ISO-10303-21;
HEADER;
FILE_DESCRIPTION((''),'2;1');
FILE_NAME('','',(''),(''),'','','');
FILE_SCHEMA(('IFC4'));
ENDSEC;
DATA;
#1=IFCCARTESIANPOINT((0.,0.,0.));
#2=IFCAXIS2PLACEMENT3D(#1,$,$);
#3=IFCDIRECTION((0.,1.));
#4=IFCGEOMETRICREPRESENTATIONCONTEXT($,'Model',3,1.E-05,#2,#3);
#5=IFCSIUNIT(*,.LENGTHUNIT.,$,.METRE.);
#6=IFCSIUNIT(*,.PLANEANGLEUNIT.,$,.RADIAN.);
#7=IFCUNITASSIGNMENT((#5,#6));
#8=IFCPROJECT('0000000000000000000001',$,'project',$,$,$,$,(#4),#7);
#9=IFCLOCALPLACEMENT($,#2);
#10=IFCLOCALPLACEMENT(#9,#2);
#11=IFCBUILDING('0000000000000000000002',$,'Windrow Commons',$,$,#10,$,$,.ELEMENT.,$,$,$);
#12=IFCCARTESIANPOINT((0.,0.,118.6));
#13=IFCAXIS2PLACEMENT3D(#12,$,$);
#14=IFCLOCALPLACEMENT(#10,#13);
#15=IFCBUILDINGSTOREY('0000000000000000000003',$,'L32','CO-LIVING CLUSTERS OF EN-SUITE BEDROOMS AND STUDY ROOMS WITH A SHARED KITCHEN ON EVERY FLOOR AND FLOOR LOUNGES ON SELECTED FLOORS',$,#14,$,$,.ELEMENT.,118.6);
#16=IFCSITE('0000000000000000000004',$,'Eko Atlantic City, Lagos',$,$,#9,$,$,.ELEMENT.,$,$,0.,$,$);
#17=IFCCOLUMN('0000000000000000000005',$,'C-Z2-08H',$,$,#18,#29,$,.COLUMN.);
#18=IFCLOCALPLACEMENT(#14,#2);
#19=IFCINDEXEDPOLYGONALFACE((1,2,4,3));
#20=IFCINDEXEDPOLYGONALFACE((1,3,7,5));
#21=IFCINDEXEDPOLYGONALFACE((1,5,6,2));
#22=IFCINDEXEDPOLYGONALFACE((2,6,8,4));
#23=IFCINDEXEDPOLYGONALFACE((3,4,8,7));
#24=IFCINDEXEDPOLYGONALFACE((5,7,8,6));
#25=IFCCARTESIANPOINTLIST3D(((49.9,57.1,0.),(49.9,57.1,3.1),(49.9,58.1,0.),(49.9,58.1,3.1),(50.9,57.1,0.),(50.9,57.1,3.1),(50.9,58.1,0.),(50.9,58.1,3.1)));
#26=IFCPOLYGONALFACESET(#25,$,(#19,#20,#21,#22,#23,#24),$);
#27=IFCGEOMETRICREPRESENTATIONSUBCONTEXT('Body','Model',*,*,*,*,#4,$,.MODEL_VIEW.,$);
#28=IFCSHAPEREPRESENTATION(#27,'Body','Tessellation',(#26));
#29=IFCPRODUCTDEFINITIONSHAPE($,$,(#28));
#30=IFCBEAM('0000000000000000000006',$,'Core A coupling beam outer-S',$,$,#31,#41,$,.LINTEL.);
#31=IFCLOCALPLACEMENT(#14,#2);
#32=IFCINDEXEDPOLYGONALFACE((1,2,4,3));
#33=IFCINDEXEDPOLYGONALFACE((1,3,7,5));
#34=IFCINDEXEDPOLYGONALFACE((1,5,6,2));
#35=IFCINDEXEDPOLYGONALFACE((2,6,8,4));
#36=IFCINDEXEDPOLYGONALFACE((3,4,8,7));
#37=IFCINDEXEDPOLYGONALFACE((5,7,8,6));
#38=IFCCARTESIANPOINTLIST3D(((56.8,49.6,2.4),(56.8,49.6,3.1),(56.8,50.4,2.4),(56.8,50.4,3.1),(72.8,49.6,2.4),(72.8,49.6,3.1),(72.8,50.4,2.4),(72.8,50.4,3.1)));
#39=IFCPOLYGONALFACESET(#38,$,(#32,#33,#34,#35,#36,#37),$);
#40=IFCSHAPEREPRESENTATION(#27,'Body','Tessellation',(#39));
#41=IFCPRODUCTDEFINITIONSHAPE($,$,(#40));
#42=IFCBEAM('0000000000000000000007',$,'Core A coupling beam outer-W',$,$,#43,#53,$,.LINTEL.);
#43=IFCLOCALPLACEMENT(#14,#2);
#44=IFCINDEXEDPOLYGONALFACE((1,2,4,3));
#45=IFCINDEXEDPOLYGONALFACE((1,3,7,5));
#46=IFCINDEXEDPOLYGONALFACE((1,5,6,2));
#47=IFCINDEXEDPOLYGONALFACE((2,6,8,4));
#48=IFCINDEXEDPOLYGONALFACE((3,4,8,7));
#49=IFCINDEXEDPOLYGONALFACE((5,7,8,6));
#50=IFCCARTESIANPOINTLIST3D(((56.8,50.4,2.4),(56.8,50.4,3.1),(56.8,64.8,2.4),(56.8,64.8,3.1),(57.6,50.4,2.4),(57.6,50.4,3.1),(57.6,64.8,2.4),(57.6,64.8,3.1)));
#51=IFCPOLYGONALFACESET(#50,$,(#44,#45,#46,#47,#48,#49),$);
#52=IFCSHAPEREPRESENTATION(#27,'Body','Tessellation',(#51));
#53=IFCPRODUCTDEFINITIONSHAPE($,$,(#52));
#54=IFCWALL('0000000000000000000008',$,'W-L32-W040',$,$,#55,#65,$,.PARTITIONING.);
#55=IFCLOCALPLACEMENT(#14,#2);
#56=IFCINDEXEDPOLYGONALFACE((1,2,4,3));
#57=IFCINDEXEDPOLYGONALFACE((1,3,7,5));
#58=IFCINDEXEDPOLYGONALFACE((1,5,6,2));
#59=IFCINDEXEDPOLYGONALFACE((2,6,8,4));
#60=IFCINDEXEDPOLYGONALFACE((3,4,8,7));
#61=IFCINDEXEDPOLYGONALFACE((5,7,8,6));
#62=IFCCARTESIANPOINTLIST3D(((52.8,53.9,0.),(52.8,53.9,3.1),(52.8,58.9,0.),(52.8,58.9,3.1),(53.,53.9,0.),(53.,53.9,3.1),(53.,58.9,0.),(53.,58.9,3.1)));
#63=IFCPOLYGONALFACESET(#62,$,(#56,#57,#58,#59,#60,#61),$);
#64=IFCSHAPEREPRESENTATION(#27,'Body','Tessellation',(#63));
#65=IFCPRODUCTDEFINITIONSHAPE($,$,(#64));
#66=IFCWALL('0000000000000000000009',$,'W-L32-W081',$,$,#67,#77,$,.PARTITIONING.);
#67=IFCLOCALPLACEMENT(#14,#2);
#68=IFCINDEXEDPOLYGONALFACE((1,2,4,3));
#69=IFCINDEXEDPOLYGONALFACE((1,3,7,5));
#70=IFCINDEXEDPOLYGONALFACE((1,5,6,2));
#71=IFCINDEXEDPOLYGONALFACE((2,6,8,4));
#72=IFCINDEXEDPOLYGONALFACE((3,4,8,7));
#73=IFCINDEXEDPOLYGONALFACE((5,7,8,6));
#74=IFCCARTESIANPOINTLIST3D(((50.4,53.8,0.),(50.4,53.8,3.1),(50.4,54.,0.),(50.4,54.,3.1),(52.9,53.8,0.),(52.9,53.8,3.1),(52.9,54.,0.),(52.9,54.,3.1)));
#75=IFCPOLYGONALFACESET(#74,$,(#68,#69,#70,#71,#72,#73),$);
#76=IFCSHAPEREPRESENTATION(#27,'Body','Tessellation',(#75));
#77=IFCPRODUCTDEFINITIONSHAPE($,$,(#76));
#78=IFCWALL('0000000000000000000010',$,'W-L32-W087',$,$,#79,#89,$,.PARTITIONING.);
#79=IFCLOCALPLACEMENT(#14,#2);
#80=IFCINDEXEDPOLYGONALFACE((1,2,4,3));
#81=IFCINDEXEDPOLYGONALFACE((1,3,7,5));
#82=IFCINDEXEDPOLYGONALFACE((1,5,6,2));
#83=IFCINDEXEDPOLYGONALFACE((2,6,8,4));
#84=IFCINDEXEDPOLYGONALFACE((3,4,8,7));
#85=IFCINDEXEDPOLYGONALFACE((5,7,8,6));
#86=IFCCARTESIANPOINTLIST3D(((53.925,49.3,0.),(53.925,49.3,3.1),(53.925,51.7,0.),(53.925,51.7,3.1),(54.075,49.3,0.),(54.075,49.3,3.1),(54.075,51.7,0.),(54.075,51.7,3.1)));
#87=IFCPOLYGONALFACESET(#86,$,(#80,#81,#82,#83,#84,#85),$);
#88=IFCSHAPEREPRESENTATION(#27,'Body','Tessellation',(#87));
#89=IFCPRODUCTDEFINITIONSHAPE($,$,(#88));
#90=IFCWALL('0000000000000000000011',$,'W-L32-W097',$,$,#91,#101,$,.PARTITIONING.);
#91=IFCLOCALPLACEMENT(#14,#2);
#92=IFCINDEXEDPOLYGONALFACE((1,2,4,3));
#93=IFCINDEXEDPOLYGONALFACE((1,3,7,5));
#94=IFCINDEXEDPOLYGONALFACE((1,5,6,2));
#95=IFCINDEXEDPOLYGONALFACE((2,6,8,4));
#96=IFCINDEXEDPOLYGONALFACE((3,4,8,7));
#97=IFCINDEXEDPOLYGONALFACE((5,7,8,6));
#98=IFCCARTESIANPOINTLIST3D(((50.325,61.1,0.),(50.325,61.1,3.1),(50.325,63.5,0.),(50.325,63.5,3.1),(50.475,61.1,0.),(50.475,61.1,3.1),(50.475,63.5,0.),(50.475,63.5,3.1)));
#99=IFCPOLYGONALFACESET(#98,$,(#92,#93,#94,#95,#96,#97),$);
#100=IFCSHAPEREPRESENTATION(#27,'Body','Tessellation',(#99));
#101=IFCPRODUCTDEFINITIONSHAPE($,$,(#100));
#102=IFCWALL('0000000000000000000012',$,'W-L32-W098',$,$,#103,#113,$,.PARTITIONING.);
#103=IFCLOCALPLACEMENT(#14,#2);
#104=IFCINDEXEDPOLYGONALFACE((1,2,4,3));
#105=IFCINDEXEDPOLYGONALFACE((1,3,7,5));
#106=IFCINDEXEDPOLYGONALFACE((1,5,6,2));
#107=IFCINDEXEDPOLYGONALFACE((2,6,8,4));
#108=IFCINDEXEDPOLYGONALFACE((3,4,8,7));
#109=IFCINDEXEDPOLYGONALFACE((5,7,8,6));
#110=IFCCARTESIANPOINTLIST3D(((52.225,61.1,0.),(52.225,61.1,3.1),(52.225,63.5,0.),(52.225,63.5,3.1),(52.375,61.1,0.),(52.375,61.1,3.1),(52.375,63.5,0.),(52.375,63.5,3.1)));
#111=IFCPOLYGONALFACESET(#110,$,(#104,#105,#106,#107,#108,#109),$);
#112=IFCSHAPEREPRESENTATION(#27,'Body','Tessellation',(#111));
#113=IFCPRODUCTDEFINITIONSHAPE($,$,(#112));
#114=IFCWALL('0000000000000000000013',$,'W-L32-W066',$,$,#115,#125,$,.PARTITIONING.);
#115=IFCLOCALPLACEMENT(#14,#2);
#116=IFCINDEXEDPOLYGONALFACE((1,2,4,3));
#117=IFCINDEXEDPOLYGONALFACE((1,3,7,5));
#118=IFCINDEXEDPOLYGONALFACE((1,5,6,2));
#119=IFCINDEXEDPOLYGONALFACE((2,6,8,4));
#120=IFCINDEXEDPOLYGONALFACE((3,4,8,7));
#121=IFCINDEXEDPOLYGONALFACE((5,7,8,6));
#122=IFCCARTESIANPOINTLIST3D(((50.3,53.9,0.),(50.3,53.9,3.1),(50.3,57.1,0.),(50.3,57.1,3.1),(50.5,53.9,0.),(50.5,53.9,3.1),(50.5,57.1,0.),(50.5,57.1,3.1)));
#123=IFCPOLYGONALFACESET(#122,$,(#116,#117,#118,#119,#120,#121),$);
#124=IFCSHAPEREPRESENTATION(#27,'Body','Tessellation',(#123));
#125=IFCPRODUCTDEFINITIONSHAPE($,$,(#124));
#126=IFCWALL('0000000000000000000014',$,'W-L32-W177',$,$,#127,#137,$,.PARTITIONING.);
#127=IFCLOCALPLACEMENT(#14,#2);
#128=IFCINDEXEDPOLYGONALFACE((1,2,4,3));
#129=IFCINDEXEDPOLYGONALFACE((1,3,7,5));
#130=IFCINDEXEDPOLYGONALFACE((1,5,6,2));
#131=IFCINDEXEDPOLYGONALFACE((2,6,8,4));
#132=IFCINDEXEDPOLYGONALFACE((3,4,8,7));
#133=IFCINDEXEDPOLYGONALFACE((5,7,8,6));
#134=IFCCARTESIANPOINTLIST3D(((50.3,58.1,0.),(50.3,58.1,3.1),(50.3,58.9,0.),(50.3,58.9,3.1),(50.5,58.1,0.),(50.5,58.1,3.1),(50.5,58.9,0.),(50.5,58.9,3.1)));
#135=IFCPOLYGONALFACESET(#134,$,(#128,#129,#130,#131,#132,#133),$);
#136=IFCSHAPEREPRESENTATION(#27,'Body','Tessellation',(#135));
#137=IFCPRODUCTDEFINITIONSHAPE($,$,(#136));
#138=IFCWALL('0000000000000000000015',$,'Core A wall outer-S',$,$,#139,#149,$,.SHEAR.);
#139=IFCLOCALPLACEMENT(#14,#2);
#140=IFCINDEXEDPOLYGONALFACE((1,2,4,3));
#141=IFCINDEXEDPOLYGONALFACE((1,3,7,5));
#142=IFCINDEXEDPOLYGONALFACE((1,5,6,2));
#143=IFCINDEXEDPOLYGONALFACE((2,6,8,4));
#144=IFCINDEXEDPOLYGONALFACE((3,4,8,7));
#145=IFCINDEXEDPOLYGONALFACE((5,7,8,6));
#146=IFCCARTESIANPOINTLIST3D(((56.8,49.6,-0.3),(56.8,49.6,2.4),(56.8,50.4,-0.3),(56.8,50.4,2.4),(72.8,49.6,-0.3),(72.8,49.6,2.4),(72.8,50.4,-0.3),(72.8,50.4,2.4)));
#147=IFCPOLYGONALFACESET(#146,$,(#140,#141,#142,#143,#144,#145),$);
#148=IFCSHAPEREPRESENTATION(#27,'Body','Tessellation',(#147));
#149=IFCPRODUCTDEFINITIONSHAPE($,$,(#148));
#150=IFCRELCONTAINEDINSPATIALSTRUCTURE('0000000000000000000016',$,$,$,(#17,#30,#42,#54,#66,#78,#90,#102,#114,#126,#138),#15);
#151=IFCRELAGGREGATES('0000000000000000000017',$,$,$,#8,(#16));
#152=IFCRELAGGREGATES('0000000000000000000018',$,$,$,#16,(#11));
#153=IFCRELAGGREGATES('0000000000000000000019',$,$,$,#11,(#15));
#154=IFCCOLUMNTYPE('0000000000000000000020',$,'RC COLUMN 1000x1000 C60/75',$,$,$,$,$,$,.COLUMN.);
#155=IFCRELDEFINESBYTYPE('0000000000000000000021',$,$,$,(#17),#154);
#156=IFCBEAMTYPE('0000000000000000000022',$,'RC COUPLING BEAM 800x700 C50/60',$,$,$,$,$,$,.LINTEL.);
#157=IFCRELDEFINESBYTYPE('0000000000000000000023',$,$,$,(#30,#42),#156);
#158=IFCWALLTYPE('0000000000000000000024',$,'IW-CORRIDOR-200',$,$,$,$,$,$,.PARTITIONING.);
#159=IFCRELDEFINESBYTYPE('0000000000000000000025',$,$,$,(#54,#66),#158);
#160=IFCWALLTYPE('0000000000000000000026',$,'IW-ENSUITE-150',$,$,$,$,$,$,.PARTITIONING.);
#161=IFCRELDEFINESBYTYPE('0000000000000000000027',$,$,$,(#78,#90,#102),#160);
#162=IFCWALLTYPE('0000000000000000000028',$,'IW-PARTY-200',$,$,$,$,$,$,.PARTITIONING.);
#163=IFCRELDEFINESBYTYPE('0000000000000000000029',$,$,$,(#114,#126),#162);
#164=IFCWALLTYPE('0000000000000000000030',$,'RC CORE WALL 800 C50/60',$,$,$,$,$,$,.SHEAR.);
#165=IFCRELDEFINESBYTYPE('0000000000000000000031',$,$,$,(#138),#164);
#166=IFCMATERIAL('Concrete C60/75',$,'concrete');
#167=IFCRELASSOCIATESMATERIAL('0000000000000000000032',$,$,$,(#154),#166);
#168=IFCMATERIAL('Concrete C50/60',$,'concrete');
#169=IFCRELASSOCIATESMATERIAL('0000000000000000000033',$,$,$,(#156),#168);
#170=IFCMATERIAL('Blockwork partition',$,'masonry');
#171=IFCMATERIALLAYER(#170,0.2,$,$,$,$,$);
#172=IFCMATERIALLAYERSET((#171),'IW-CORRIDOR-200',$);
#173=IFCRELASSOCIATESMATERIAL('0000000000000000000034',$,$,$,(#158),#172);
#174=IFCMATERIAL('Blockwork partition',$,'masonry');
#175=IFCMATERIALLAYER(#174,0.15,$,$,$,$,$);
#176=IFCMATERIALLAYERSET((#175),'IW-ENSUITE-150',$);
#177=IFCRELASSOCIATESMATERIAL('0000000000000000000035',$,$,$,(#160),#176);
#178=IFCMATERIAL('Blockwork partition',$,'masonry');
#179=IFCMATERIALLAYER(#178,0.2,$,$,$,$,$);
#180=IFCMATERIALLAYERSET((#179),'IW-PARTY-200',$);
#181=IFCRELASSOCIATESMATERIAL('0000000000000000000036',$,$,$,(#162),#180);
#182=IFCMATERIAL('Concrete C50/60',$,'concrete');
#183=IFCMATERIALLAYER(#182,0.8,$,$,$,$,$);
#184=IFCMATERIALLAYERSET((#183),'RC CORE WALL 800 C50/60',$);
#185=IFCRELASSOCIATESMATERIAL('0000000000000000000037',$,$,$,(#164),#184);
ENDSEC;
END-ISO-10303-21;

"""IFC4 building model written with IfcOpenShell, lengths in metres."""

from ifc_helpers import new_model, si_unit, direction, frame, frame_2d, origin, origin_2d, place, context, subcontext, project, spatial, rectangle, extrude, material, layer, layer_set, material_profile, profile_set, type_object, element, save


model = new_model("IFC4")

# Units and contexts
model_context = context("Model", 3, precision=1e-05, world=origin(), true_north=direction((0.0, 1.0)))
body_context = subcontext(model_context, "Body", "Model", "MODEL_VIEW")
ifc_project = project(units=[si_unit("LENGTHUNIT", "METRE"), si_unit("PLANEANGLEUNIT", "RADIAN")], contexts=[model_context])

# Site, building, storey
site_placement = place(None, origin())
site = spatial("IfcSite", under=ifc_project, at=site_placement, Name="Eko Atlantic City, Lagos", CompositionType="ELEMENT", RefElevation=0.0)
building_placement = place(site_placement, origin())
building = spatial("IfcBuilding", under=site, at=building_placement, Name="Windrow Commons", CompositionType="ELEMENT")
storey_placement = place(building_placement, frame((0.0, 0.0, 118.6)))
storey = spatial("IfcBuildingStorey", under=building, at=storey_placement, Name="L32", Description="CO-LIVING CLUSTERS OF EN-SUITE BEDROOMS AND STUDY ROOMS WITH A SHARED KITCHEN ON EVERY FLOOR AND FLOOR LOUNGES ON SELECTED FLOORS", CompositionType="ELEMENT", Elevation=118.6)

# Column
ifc_material_1 = material(Name="Concrete C60/75", Category="concrete")
ifc_material_profile_1 = material_profile(ifc_material_1, rectangle(XDim=1.0, YDim=1.0, at=origin_2d()))
ifc_profile_set_1 = profile_set([ifc_material_profile_1], Name="Concrete C60/75")
column_type = type_object("IfcColumnType", Name="RC COLUMN 1000x1000 C60/75", PredefinedType="COLUMN", material=ifc_profile_set_1)
column_placement = place(storey_placement, frame((50.4, 57.6, 0.0), z_axis=(0.0, 0.0, 1.0), x_axis=(1.0, 0.0, 0.0)))
element("IfcColumn", 1, at=column_placement, inside=storey, type_object=column_type, Name="C-Z2-08H", PredefinedType="COLUMN", context=body_context, shape_type="SweptSolid", body=[
    extrude(rectangle(XDim=1.0, YDim=1.0, at=origin_2d()), origin(), (0.0, 0.0, 1.0), 3.1),
])

# Beams
ifc_material_2 = material(Name="Concrete C50/60", Category="concrete")
ifc_material_profile_2 = material_profile(ifc_material_2, rectangle(XDim=0.8, YDim=0.7, at=origin_2d()))
ifc_profile_set_2 = profile_set([ifc_material_profile_2], Name="Concrete C50/60")
beam_type = type_object("IfcBeamType", Name="RC COUPLING BEAM 800x700 C50/60", PredefinedType="LINTEL", material=ifc_profile_set_2)
beam_1_placement = place(storey_placement, frame((56.8, 50.0, 2.75), z_axis=(1.0, 0.0, 0.0), x_axis=(0.0, 1.0, 0.0)))
element("IfcBeam", 2, at=beam_1_placement, inside=storey, type_object=beam_type, Name="Core A coupling beam outer-S", PredefinedType="LINTEL", context=body_context, shape_type="SweptSolid", body=[
    extrude(rectangle(XDim=0.8, YDim=0.7, at=origin_2d()), origin(), (0.0, 0.0, 1.0), 16.0),
])
beam_2_placement = place(storey_placement, frame((57.2, 50.4, 2.75), z_axis=(0.0, 1.0, 0.0), x_axis=(-1.0, 0.0, 0.0)))
element("IfcBeam", 3, at=beam_2_placement, inside=storey, type_object=beam_type, Name="Core A coupling beam outer-W", PredefinedType="LINTEL", context=body_context, shape_type="SweptSolid", body=[
    extrude(rectangle(XDim=0.8, YDim=0.7, at=origin_2d()), origin(), (0.0, 0.0, 1.0), 14.4),
])

# Walls
ifc_material_3 = material(Name="Blockwork partition", Category="masonry")
ifc_layer_1 = layer(ifc_material_3, 0.2)
ifc_layer_set_1 = layer_set([ifc_layer_1], Name="IW-CORRIDOR-200")
wall_type_1 = type_object("IfcWallType", Name="IW-CORRIDOR-200", PredefinedType="PARTITIONING", material=ifc_layer_set_1)
wall_1_placement = place(storey_placement, frame((52.9, 53.9, 0.0), z_axis=(0.0, 0.0, 1.0), x_axis=(0.0, 1.0, 0.0)))
element("IfcWall", 4, at=wall_1_placement, inside=storey, type_object=wall_type_1, Name="W-L32-W040", PredefinedType="PARTITIONING", context=body_context, shape_type="SweptSolid", body=[
    extrude(rectangle(XDim=5.0, YDim=0.2, at=frame_2d((2.5, 0.0))), origin(), (0.0, 0.0, 1.0), 3.1),
])
wall_2_placement = place(storey_placement, frame((50.4, 53.9, 0.0), z_axis=(0.0, 0.0, 1.0), x_axis=(1.0, 0.0, 0.0)))
element("IfcWall", 5, at=wall_2_placement, inside=storey, type_object=wall_type_1, Name="W-L32-W081", PredefinedType="PARTITIONING", context=body_context, shape_type="SweptSolid", body=[
    extrude(rectangle(XDim=2.5, YDim=0.2, at=frame_2d((1.25, 0.0))), origin(), (0.0, 0.0, 1.0), 3.1),
])
ifc_material_4 = material(Name="Blockwork partition", Category="masonry")
ifc_layer_2 = layer(ifc_material_4, 0.15)
ifc_layer_set_2 = layer_set([ifc_layer_2], Name="IW-ENSUITE-150")
wall_type_2 = type_object("IfcWallType", Name="IW-ENSUITE-150", PredefinedType="PARTITIONING", material=ifc_layer_set_2)
for number, where, z_axis, x_axis, name in (
    (6, (54.0, 49.3, 0.0), (0.0, 0.0, 1.0), (0.0, 1.0, 0.0), "W-L32-W087"),
    (7, (50.4, 61.1, 0.0), (0.0, 0.0, 1.0), (0.0, 1.0, 0.0), "W-L32-W097"),
    (8, (52.3, 61.1, 0.0), (0.0, 0.0, 1.0), (0.0, 1.0, 0.0), "W-L32-W098"),
):
    element("IfcWall", number, at=place(storey_placement, frame(where, z_axis=z_axis, x_axis=x_axis)), inside=storey, type_object=wall_type_2, Name=name, PredefinedType="PARTITIONING", context=body_context, shape_type="SweptSolid", body=[
        extrude(rectangle(XDim=2.4, YDim=0.15, at=frame_2d((1.2, 0.0))), origin(), (0.0, 0.0, 1.0), 3.1),
    ])
ifc_material_5 = material(Name="Blockwork partition", Category="masonry")
ifc_layer_3 = layer(ifc_material_5, 0.2)
ifc_layer_set_3 = layer_set([ifc_layer_3], Name="IW-PARTY-200")
wall_type_3 = type_object("IfcWallType", Name="IW-PARTY-200", PredefinedType="PARTITIONING", material=ifc_layer_set_3)
wall_3_placement = place(storey_placement, frame((50.4, 53.9, 0.0), z_axis=(0.0, 0.0, 1.0), x_axis=(0.0, 1.0, 0.0)))
element("IfcWall", 9, at=wall_3_placement, inside=storey, type_object=wall_type_3, Name="W-L32-W066", PredefinedType="PARTITIONING", context=body_context, shape_type="SweptSolid", body=[
    extrude(rectangle(XDim=3.2, YDim=0.2, at=frame_2d((1.6, 0.0))), origin(), (0.0, 0.0, 1.0), 3.1),
])
wall_4_placement = place(storey_placement, frame((50.4, 58.1, 0.0), z_axis=(0.0, 0.0, 1.0), x_axis=(0.0, 1.0, 0.0)))
element("IfcWall", 10, at=wall_4_placement, inside=storey, type_object=wall_type_3, Name="W-L32-W177", PredefinedType="PARTITIONING", context=body_context, shape_type="SweptSolid", body=[
    extrude(rectangle(XDim=0.8, YDim=0.2, at=frame_2d((0.4, 0.0))), origin(), (0.0, 0.0, 1.0), 3.1),
])
ifc_material_6 = material(Name="Concrete C50/60", Category="concrete")
ifc_layer_4 = layer(ifc_material_6, 0.8)
ifc_layer_set_4 = layer_set([ifc_layer_4], Name="RC CORE WALL 800 C50/60")
wall_type_4 = type_object("IfcWallType", Name="RC CORE WALL 800 C50/60", PredefinedType="SHEAR", material=ifc_layer_set_4)
wall_5_placement = place(storey_placement, frame((56.8, 50.0, -0.3), z_axis=(0.0, 0.0, 1.0), x_axis=(1.0, 0.0, 0.0)))
element("IfcWall", 11, at=wall_5_placement, inside=storey, type_object=wall_type_4, Name="Core A wall outer-S", PredefinedType="SHEAR", context=body_context, shape_type="SweptSolid", body=[
    extrude(rectangle(XDim=16.0, YDim=0.8, at=frame_2d((8.0, 0.0))), origin(), (0.0, 0.0, 1.0), 2.7),
])

save(model, "model.ifc")
